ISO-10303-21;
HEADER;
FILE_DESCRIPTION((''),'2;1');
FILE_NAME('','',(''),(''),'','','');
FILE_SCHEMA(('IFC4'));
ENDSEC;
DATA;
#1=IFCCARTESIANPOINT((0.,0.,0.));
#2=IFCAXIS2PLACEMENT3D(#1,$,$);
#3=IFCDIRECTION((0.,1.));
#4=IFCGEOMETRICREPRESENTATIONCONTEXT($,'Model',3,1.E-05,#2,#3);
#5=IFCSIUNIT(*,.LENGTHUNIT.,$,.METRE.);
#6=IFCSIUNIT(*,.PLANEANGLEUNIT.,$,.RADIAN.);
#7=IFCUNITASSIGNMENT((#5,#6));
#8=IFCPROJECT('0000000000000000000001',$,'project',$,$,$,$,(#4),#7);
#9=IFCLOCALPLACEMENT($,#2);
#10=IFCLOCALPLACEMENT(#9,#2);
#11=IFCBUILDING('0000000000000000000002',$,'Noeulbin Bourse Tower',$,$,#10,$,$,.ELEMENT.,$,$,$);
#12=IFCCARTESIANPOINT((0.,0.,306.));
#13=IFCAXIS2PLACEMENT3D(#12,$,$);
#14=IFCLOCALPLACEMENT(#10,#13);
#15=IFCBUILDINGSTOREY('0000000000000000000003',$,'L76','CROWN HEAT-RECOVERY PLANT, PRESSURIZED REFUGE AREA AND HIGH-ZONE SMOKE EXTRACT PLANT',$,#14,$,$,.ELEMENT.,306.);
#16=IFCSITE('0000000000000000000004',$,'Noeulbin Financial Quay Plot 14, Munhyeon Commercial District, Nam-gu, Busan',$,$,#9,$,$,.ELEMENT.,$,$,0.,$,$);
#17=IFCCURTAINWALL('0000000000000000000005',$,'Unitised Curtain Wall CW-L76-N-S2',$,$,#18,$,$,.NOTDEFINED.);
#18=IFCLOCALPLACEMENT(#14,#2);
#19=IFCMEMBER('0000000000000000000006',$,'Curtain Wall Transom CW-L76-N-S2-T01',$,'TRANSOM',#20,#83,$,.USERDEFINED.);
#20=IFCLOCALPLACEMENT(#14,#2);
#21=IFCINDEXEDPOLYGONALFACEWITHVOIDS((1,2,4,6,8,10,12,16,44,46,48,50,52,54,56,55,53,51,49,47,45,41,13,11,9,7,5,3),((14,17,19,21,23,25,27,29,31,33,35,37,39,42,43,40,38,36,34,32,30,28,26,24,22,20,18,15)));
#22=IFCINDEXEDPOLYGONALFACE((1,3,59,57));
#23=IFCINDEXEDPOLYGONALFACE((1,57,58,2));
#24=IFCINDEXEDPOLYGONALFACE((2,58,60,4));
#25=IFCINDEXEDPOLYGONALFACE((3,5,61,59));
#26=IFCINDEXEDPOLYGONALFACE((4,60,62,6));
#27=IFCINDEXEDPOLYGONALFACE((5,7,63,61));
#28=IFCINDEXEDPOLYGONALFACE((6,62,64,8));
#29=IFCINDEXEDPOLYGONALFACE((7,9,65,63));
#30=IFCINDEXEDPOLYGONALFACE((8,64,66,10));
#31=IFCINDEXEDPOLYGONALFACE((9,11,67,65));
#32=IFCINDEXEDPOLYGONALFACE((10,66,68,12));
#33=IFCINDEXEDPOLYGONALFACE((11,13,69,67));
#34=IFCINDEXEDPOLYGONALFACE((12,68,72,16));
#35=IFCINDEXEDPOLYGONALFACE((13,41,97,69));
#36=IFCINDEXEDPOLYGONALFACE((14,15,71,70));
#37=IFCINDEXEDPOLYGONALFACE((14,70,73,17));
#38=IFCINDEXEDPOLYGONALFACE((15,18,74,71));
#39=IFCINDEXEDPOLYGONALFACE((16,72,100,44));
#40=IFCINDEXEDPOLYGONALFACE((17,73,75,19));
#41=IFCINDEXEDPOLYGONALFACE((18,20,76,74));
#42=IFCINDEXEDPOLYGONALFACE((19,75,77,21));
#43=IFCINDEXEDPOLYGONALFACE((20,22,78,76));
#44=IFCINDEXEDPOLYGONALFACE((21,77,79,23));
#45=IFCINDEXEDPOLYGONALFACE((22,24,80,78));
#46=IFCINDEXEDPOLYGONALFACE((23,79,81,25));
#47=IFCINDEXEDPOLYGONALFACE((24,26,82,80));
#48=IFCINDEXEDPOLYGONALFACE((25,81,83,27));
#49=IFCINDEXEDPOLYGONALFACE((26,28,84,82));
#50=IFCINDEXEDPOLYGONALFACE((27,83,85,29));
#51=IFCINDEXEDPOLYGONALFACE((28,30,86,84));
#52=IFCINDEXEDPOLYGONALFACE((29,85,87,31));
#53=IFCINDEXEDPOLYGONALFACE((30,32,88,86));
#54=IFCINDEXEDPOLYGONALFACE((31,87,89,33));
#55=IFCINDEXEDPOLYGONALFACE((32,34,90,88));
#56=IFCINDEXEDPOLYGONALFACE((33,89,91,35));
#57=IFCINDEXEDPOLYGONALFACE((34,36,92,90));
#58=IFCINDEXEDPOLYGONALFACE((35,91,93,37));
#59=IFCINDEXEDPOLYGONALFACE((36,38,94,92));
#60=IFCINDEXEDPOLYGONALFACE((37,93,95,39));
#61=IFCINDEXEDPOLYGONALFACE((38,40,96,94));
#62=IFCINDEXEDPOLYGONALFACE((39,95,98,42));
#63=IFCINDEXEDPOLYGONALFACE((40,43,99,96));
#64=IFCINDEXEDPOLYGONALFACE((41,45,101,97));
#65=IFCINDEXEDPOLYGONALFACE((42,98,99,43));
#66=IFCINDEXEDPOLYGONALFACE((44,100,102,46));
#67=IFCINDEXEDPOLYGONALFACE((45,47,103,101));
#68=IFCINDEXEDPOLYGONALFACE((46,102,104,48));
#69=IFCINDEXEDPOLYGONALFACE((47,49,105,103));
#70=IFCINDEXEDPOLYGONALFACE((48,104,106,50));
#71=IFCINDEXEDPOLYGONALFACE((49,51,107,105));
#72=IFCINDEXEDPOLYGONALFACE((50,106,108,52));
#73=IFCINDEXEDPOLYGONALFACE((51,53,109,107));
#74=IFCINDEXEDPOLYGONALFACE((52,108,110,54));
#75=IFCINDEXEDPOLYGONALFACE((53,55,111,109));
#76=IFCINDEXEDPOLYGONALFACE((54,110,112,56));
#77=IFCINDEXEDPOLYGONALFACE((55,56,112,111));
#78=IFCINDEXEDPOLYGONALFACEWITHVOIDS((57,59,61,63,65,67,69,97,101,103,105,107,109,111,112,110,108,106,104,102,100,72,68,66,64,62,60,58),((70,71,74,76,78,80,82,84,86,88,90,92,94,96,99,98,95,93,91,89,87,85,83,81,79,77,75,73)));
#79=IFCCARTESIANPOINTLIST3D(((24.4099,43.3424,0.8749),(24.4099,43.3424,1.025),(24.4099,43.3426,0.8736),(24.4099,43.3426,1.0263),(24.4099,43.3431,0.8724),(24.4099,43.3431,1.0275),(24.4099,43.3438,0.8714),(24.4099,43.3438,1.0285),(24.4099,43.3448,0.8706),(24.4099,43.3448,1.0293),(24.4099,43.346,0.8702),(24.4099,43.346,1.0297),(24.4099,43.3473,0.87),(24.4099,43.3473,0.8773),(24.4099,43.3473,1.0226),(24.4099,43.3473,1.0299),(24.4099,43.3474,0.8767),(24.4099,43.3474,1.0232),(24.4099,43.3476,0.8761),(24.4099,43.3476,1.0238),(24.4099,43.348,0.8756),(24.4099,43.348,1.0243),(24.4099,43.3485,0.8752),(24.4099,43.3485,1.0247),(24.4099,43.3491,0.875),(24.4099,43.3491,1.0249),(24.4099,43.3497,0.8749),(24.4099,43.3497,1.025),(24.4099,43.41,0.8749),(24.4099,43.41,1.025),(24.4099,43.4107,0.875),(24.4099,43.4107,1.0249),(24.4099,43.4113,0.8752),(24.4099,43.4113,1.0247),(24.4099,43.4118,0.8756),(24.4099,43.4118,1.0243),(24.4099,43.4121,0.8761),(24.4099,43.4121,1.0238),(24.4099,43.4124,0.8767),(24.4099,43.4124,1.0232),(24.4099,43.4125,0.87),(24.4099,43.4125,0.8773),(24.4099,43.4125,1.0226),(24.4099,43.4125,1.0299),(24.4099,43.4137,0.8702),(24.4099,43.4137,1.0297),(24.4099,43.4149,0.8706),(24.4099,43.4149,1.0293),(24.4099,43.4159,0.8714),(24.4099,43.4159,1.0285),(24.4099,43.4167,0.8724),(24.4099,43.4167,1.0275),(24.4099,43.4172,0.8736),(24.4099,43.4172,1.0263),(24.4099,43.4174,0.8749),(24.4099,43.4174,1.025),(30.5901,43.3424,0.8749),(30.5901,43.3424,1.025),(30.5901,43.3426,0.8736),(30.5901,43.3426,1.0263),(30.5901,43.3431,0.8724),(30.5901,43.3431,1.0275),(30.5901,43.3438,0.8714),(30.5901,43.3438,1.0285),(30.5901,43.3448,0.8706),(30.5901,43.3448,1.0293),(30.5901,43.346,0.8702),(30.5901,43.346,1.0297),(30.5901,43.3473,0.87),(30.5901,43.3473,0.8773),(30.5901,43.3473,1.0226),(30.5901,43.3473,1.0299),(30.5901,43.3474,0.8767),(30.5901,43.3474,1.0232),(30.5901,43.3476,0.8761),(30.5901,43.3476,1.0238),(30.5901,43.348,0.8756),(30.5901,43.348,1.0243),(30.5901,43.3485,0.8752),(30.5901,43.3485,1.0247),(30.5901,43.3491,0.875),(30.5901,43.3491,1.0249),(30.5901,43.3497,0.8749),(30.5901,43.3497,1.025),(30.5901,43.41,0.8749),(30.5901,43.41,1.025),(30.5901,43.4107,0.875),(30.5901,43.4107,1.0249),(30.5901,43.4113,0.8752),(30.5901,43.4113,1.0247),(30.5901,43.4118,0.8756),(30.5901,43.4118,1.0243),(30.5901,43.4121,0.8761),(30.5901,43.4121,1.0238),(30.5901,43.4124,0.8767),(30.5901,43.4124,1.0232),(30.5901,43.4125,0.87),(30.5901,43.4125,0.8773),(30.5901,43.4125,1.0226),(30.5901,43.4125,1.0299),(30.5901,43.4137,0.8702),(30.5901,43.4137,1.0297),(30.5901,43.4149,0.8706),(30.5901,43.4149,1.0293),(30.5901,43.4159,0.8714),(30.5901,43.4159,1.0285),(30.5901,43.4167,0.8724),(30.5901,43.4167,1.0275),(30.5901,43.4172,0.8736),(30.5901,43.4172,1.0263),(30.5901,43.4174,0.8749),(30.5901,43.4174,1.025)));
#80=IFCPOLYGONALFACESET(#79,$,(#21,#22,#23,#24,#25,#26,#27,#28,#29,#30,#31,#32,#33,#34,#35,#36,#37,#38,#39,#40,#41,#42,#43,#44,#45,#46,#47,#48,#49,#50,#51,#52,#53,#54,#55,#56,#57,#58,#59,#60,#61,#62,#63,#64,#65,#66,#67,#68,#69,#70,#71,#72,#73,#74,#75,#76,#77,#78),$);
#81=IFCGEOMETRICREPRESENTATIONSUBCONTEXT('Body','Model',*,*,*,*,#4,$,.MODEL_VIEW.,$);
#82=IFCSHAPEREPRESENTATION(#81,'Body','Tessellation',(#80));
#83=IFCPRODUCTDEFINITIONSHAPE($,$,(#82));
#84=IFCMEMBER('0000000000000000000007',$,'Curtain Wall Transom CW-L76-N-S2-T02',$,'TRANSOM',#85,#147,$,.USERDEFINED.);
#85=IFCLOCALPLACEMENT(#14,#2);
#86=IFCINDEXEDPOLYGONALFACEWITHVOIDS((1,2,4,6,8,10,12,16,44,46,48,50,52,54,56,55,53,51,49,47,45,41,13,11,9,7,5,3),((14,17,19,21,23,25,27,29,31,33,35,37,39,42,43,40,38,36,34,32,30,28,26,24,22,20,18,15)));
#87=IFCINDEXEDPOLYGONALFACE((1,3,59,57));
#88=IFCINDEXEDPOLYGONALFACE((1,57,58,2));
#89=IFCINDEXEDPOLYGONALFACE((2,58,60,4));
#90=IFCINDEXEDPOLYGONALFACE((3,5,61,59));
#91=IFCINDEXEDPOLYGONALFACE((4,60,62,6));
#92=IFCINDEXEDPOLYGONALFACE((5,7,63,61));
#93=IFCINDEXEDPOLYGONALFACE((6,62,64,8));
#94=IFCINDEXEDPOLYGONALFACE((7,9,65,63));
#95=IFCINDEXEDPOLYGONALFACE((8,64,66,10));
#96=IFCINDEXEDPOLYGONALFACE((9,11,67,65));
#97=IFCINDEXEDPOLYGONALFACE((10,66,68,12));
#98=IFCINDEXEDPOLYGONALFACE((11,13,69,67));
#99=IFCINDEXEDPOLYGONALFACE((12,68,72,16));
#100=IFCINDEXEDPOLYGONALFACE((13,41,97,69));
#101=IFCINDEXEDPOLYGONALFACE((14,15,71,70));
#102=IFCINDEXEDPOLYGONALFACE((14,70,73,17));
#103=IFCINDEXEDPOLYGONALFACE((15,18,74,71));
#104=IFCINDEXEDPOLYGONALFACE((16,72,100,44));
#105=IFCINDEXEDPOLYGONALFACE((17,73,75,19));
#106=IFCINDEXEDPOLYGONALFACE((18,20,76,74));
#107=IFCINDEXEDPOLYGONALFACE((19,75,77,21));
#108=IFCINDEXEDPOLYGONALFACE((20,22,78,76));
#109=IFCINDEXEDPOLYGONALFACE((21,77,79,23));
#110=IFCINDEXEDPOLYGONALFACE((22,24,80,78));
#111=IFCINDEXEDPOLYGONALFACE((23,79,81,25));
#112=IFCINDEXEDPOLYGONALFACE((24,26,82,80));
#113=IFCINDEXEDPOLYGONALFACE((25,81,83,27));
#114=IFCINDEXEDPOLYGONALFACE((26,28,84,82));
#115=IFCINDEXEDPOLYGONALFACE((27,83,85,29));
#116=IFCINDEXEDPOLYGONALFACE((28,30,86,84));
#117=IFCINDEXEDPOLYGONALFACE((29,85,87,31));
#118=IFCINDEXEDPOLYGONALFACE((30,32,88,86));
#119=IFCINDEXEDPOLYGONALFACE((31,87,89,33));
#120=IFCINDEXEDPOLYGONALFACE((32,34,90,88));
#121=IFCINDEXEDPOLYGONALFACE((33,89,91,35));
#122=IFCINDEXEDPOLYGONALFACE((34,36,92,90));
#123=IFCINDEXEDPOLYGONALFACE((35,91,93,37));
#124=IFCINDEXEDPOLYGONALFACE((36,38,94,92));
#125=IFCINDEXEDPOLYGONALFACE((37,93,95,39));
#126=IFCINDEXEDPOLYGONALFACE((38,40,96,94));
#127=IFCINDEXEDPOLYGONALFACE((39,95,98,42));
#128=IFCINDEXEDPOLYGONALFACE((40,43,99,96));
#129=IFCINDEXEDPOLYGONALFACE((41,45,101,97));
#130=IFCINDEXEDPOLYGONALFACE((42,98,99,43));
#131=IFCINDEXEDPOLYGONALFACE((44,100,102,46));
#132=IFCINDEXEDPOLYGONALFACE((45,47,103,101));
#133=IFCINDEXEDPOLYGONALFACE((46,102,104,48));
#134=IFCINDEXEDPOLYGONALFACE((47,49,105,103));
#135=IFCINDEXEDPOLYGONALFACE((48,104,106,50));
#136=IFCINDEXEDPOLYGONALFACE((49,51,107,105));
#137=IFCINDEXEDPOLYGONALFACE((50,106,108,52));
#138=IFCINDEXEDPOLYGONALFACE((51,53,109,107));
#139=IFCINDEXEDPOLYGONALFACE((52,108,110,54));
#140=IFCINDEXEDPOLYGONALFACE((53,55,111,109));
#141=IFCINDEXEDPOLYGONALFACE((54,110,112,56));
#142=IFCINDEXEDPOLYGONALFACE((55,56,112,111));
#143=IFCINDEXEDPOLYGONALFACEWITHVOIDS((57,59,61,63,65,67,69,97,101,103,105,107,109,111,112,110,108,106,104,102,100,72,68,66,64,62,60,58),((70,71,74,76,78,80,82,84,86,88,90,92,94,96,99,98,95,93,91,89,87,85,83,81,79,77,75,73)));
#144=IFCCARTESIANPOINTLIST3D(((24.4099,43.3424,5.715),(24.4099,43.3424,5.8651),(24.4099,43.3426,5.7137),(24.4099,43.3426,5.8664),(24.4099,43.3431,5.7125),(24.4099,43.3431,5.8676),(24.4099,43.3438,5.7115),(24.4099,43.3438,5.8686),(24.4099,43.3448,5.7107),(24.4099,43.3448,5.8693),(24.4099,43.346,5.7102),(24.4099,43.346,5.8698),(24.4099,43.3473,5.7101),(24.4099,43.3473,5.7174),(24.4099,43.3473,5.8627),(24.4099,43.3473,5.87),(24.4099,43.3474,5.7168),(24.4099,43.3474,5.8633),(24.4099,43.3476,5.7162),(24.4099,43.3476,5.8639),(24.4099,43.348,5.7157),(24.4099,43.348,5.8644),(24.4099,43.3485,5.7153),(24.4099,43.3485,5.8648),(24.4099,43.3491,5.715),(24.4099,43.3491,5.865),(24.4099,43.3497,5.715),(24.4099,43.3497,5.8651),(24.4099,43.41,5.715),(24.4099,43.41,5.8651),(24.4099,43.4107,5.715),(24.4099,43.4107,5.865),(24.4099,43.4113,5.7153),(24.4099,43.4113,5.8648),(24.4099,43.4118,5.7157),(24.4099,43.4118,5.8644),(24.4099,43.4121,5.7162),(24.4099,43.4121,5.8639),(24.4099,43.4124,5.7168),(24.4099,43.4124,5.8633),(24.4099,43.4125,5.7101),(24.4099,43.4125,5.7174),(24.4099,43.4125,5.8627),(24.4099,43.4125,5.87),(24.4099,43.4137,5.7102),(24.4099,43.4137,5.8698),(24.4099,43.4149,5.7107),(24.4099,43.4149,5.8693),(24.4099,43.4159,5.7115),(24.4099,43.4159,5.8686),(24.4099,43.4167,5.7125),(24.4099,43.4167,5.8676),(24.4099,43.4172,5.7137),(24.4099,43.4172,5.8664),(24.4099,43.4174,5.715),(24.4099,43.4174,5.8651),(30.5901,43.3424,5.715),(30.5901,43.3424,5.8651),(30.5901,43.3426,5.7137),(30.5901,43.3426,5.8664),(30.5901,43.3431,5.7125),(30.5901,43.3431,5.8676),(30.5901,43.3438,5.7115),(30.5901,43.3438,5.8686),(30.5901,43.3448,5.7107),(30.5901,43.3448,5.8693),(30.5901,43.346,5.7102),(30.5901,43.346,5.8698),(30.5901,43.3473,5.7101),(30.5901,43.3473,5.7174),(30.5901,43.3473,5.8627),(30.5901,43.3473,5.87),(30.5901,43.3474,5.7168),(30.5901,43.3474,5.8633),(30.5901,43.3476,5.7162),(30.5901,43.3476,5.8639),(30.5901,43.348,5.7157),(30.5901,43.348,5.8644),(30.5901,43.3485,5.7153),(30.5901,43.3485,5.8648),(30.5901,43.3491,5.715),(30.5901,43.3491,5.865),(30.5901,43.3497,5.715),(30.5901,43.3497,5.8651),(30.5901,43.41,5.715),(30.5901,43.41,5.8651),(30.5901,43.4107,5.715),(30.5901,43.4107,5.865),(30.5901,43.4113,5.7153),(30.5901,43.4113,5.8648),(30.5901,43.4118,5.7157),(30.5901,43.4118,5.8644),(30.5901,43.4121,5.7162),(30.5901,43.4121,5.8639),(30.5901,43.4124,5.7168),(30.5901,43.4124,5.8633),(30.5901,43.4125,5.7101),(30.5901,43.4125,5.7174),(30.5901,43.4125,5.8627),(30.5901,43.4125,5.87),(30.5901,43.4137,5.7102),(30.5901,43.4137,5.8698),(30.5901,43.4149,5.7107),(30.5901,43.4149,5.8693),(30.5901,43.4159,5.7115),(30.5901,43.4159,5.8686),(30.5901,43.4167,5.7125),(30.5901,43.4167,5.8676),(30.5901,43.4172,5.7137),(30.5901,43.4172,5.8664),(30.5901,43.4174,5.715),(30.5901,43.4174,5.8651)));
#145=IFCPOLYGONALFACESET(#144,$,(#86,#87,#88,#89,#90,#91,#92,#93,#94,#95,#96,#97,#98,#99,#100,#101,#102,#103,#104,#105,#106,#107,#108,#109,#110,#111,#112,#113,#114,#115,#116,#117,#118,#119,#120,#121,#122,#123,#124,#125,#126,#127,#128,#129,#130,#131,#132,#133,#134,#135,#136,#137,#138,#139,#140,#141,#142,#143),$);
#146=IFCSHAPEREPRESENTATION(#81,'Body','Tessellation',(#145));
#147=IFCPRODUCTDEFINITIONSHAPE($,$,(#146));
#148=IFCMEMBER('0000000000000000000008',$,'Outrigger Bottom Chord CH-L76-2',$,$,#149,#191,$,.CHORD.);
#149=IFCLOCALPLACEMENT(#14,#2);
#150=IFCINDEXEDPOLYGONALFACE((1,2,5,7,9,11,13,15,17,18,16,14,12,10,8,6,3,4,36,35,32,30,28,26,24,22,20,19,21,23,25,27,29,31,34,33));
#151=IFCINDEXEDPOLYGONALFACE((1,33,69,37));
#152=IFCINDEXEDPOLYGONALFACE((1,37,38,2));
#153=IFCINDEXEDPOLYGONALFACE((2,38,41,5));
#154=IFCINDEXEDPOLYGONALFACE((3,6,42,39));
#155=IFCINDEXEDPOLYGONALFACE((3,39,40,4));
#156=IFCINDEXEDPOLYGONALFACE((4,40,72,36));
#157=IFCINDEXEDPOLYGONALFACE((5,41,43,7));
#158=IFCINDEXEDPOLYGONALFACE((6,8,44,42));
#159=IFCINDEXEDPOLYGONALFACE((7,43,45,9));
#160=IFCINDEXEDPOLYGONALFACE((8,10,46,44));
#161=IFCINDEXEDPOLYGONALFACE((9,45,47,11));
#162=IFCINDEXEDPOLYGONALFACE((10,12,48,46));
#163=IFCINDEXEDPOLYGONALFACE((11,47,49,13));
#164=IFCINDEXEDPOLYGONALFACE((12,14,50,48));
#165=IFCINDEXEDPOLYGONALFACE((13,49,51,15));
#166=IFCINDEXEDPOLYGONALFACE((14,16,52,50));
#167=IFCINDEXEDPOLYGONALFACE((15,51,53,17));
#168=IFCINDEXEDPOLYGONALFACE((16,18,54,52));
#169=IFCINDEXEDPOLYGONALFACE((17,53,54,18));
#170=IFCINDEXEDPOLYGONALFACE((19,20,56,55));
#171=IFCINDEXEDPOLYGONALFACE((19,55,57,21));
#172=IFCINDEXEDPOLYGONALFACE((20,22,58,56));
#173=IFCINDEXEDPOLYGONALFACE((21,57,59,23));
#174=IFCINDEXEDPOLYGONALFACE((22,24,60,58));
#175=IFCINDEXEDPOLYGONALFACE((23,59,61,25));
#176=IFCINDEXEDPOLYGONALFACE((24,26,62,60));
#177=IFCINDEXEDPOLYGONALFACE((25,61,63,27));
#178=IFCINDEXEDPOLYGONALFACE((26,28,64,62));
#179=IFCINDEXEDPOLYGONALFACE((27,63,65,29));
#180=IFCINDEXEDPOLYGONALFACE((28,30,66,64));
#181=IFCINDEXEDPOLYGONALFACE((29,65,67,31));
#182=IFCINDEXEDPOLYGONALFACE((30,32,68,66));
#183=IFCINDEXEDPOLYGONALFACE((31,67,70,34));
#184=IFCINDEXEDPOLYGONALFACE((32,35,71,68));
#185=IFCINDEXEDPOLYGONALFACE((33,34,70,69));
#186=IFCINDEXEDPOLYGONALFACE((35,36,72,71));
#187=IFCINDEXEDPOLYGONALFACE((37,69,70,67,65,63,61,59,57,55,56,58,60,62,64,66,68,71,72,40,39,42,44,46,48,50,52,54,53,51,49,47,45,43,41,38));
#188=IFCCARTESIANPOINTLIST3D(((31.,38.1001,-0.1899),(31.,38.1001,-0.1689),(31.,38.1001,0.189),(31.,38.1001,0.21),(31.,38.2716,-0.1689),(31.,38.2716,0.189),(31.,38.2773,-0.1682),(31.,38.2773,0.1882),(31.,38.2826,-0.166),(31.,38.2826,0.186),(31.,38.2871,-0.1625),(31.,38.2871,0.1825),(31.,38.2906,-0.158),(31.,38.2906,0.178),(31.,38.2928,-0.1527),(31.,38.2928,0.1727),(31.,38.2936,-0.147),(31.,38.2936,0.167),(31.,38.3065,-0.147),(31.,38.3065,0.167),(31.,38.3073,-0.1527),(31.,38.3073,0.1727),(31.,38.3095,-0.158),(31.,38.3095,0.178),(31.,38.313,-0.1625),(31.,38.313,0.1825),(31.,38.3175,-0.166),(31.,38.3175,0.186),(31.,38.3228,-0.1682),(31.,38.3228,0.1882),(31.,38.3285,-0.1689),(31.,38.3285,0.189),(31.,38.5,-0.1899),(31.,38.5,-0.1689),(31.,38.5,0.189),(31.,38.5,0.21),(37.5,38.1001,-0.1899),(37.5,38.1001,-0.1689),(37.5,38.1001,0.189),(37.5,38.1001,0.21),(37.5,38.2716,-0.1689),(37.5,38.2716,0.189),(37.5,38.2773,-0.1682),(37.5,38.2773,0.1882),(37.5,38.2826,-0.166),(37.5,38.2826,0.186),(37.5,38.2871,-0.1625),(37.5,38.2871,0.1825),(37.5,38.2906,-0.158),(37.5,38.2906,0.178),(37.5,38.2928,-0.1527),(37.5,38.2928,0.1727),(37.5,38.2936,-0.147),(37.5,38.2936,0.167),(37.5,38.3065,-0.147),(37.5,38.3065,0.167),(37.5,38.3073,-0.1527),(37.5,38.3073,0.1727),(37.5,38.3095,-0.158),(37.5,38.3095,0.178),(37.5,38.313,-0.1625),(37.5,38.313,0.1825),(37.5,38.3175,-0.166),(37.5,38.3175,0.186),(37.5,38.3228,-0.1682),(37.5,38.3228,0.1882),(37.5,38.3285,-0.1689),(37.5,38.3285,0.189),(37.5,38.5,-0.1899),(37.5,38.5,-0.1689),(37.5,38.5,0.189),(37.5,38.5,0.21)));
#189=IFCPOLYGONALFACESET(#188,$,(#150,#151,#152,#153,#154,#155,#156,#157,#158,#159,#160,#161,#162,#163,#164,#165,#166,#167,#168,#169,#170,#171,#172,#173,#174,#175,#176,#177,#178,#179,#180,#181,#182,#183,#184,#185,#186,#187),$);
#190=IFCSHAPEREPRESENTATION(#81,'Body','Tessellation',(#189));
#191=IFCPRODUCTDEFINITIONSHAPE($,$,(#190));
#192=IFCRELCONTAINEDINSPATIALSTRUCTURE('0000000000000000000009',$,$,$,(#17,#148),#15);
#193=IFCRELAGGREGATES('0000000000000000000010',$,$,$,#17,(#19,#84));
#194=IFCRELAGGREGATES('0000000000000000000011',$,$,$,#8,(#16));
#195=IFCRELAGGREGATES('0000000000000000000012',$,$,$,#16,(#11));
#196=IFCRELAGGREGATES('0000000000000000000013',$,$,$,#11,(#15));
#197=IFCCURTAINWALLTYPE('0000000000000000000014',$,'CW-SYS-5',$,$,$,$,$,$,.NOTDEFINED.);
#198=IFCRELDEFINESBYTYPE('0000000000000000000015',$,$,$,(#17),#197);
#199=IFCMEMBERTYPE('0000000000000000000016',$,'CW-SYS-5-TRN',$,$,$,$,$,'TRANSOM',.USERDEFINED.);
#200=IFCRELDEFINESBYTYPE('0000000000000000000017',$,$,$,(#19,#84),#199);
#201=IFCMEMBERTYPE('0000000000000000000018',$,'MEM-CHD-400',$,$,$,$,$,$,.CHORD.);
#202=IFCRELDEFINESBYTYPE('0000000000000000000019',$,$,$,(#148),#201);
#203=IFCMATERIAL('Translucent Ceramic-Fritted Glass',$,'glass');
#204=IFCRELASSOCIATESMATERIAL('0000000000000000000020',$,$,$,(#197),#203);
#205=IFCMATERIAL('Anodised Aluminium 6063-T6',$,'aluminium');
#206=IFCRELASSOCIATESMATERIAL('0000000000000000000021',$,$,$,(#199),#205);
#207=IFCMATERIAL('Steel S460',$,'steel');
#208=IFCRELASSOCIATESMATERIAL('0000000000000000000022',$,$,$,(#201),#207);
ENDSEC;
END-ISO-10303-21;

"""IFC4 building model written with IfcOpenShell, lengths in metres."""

from ifc_helpers import new_model, si_unit, direction, frame, origin, origin_2d, place, context, subcontext, project, spatial, hollow_rectangle, i_section, extrude, material, material_profile, profile_set, type_object, element, aggregate, save


model = new_model("IFC4")

# Units and contexts
model_context = context("Model", 3, precision=1e-05, world=origin(), true_north=direction((0.0, 1.0)))
body_context = subcontext(model_context, "Body", "Model", "MODEL_VIEW")
ifc_project = project(units=[si_unit("LENGTHUNIT", "METRE"), si_unit("PLANEANGLEUNIT", "RADIAN")], contexts=[model_context])

# Site, building, storey
site_placement = place(None, origin())
site = spatial("IfcSite", under=ifc_project, at=site_placement, Name="Noeulbin Financial Quay Plot 14, Munhyeon Commercial District, Nam-gu, Busan", CompositionType="ELEMENT", RefElevation=0.0)
building_placement = place(site_placement, origin())
building = spatial("IfcBuilding", under=site, at=building_placement, Name="Noeulbin Bourse Tower", CompositionType="ELEMENT")
storey_placement = place(building_placement, frame((0.0, 0.0, 306.0)))
storey = spatial("IfcBuildingStorey", under=building, at=storey_placement, Name="L76", Description="CROWN HEAT-RECOVERY PLANT, PRESSURIZED REFUGE AREA AND HIGH-ZONE SMOKE EXTRACT PLANT", CompositionType="ELEMENT", Elevation=306.0)

# Shared definitions
ifc_material_1 = material(Name="Steel S460", Category="steel")

# Curtain wall, members
ifc_material_2 = material(Name="Translucent Ceramic-Fritted Glass", Category="glass")
curtain_wall_type = type_object("IfcCurtainWallType", Name="CW-SYS-5", PredefinedType="NOTDEFINED", material=ifc_material_2)
ifc_material_3 = material(Name="Anodised Aluminium 6063-T6", Category="aluminium")
curtain_wall_1_placement = place(storey_placement, origin())
curtain_wall_1 = element("IfcCurtainWall", 1, at=curtain_wall_1_placement, inside=storey, type_object=curtain_wall_type, Name="Unitised Curtain Wall CW-L76-N-S2", PredefinedType="NOTDEFINED")
ifc_material_profile_1 = material_profile(ifc_material_3, hollow_rectangle(XDim=0.075, YDim=0.1599, WallThickness=0.0049, InnerFilletRadius=0.0024, OuterFilletRadius=0.0049, at=origin_2d()), Name="ALU-TRAN-75x160x5", Category="LoadBearing")
ifc_profile_set_1 = profile_set([ifc_material_profile_1], Name="Anodised Aluminium 6063-T6")
member_type_1 = type_object("IfcMemberType", Name="CW-SYS-5-TRN", ElementType="TRANSOM", PredefinedType="USERDEFINED", material=ifc_profile_set_1)
member_1_placement = place(storey_placement, frame((24.4099, 43.3799, 0.95), z_axis=(1.0, 0.0, 0.0), x_axis=(0.0, 1.0, 0.0)))
member_1 = element("IfcMember", 2, at=member_1_placement, type_object=member_type_1, Name="Curtain Wall Transom CW-L76-N-S2-T01", ObjectType="TRANSOM", PredefinedType="USERDEFINED", context=body_context, shape_type="SweptSolid", body=[
    extrude(hollow_rectangle(XDim=0.075, YDim=0.1599, WallThickness=0.0049, InnerFilletRadius=0.0024, OuterFilletRadius=0.0049, at=origin_2d()), origin(), (0.0, 0.0, 1.0), 6.1802),
])
member_2_placement = place(storey_placement, frame((24.4099, 43.3799, 5.79), z_axis=(1.0, 0.0, 0.0), x_axis=(0.0, 1.0, 0.0)))
member_2 = element("IfcMember", 3, at=member_2_placement, type_object=member_type_1, Name="Curtain Wall Transom CW-L76-N-S2-T02", ObjectType="TRANSOM", PredefinedType="USERDEFINED", context=body_context, shape_type="SweptSolid", body=[
    extrude(hollow_rectangle(XDim=0.075, YDim=0.1599, WallThickness=0.0049, InnerFilletRadius=0.0024, OuterFilletRadius=0.0049, at=origin_2d()), origin(), (0.0, 0.0, 1.0), 6.1802),
])

# Member
ifc_material_profile_2 = material_profile(ifc_material_1, i_section(OverallWidth=0.3999, OverallDepth=0.3999, WebThickness=0.0129, FlangeThickness=0.021, FilletRadius=0.022, at=origin_2d()), Name="H-400x400x13x21", Category="LoadBearing")
ifc_profile_set_2 = profile_set([ifc_material_profile_2], Name="Steel S460")
member_type_2 = type_object("IfcMemberType", Name="MEM-CHD-400", PredefinedType="CHORD", material=ifc_profile_set_2)
member_3_placement = place(storey_placement, frame((31.0, 38.3, 0.01), z_axis=(1.0, 0.0, 0.0), x_axis=(0.0, 1.0, 0.0)))
element("IfcMember", 4, at=member_3_placement, inside=storey, type_object=member_type_2, Name="Outrigger Bottom Chord CH-L76-2", PredefinedType="CHORD", context=body_context, shape_type="SweptSolid", body=[
    extrude(i_section(OverallWidth=0.3999, OverallDepth=0.3999, WebThickness=0.0129, FlangeThickness=0.021, FilletRadius=0.022, at=origin_2d()), origin(), (0.0, 0.0, 1.0), 6.5),
])

aggregate(curtain_wall_1, [member_1, member_2])

save(model, "model.ifc")
